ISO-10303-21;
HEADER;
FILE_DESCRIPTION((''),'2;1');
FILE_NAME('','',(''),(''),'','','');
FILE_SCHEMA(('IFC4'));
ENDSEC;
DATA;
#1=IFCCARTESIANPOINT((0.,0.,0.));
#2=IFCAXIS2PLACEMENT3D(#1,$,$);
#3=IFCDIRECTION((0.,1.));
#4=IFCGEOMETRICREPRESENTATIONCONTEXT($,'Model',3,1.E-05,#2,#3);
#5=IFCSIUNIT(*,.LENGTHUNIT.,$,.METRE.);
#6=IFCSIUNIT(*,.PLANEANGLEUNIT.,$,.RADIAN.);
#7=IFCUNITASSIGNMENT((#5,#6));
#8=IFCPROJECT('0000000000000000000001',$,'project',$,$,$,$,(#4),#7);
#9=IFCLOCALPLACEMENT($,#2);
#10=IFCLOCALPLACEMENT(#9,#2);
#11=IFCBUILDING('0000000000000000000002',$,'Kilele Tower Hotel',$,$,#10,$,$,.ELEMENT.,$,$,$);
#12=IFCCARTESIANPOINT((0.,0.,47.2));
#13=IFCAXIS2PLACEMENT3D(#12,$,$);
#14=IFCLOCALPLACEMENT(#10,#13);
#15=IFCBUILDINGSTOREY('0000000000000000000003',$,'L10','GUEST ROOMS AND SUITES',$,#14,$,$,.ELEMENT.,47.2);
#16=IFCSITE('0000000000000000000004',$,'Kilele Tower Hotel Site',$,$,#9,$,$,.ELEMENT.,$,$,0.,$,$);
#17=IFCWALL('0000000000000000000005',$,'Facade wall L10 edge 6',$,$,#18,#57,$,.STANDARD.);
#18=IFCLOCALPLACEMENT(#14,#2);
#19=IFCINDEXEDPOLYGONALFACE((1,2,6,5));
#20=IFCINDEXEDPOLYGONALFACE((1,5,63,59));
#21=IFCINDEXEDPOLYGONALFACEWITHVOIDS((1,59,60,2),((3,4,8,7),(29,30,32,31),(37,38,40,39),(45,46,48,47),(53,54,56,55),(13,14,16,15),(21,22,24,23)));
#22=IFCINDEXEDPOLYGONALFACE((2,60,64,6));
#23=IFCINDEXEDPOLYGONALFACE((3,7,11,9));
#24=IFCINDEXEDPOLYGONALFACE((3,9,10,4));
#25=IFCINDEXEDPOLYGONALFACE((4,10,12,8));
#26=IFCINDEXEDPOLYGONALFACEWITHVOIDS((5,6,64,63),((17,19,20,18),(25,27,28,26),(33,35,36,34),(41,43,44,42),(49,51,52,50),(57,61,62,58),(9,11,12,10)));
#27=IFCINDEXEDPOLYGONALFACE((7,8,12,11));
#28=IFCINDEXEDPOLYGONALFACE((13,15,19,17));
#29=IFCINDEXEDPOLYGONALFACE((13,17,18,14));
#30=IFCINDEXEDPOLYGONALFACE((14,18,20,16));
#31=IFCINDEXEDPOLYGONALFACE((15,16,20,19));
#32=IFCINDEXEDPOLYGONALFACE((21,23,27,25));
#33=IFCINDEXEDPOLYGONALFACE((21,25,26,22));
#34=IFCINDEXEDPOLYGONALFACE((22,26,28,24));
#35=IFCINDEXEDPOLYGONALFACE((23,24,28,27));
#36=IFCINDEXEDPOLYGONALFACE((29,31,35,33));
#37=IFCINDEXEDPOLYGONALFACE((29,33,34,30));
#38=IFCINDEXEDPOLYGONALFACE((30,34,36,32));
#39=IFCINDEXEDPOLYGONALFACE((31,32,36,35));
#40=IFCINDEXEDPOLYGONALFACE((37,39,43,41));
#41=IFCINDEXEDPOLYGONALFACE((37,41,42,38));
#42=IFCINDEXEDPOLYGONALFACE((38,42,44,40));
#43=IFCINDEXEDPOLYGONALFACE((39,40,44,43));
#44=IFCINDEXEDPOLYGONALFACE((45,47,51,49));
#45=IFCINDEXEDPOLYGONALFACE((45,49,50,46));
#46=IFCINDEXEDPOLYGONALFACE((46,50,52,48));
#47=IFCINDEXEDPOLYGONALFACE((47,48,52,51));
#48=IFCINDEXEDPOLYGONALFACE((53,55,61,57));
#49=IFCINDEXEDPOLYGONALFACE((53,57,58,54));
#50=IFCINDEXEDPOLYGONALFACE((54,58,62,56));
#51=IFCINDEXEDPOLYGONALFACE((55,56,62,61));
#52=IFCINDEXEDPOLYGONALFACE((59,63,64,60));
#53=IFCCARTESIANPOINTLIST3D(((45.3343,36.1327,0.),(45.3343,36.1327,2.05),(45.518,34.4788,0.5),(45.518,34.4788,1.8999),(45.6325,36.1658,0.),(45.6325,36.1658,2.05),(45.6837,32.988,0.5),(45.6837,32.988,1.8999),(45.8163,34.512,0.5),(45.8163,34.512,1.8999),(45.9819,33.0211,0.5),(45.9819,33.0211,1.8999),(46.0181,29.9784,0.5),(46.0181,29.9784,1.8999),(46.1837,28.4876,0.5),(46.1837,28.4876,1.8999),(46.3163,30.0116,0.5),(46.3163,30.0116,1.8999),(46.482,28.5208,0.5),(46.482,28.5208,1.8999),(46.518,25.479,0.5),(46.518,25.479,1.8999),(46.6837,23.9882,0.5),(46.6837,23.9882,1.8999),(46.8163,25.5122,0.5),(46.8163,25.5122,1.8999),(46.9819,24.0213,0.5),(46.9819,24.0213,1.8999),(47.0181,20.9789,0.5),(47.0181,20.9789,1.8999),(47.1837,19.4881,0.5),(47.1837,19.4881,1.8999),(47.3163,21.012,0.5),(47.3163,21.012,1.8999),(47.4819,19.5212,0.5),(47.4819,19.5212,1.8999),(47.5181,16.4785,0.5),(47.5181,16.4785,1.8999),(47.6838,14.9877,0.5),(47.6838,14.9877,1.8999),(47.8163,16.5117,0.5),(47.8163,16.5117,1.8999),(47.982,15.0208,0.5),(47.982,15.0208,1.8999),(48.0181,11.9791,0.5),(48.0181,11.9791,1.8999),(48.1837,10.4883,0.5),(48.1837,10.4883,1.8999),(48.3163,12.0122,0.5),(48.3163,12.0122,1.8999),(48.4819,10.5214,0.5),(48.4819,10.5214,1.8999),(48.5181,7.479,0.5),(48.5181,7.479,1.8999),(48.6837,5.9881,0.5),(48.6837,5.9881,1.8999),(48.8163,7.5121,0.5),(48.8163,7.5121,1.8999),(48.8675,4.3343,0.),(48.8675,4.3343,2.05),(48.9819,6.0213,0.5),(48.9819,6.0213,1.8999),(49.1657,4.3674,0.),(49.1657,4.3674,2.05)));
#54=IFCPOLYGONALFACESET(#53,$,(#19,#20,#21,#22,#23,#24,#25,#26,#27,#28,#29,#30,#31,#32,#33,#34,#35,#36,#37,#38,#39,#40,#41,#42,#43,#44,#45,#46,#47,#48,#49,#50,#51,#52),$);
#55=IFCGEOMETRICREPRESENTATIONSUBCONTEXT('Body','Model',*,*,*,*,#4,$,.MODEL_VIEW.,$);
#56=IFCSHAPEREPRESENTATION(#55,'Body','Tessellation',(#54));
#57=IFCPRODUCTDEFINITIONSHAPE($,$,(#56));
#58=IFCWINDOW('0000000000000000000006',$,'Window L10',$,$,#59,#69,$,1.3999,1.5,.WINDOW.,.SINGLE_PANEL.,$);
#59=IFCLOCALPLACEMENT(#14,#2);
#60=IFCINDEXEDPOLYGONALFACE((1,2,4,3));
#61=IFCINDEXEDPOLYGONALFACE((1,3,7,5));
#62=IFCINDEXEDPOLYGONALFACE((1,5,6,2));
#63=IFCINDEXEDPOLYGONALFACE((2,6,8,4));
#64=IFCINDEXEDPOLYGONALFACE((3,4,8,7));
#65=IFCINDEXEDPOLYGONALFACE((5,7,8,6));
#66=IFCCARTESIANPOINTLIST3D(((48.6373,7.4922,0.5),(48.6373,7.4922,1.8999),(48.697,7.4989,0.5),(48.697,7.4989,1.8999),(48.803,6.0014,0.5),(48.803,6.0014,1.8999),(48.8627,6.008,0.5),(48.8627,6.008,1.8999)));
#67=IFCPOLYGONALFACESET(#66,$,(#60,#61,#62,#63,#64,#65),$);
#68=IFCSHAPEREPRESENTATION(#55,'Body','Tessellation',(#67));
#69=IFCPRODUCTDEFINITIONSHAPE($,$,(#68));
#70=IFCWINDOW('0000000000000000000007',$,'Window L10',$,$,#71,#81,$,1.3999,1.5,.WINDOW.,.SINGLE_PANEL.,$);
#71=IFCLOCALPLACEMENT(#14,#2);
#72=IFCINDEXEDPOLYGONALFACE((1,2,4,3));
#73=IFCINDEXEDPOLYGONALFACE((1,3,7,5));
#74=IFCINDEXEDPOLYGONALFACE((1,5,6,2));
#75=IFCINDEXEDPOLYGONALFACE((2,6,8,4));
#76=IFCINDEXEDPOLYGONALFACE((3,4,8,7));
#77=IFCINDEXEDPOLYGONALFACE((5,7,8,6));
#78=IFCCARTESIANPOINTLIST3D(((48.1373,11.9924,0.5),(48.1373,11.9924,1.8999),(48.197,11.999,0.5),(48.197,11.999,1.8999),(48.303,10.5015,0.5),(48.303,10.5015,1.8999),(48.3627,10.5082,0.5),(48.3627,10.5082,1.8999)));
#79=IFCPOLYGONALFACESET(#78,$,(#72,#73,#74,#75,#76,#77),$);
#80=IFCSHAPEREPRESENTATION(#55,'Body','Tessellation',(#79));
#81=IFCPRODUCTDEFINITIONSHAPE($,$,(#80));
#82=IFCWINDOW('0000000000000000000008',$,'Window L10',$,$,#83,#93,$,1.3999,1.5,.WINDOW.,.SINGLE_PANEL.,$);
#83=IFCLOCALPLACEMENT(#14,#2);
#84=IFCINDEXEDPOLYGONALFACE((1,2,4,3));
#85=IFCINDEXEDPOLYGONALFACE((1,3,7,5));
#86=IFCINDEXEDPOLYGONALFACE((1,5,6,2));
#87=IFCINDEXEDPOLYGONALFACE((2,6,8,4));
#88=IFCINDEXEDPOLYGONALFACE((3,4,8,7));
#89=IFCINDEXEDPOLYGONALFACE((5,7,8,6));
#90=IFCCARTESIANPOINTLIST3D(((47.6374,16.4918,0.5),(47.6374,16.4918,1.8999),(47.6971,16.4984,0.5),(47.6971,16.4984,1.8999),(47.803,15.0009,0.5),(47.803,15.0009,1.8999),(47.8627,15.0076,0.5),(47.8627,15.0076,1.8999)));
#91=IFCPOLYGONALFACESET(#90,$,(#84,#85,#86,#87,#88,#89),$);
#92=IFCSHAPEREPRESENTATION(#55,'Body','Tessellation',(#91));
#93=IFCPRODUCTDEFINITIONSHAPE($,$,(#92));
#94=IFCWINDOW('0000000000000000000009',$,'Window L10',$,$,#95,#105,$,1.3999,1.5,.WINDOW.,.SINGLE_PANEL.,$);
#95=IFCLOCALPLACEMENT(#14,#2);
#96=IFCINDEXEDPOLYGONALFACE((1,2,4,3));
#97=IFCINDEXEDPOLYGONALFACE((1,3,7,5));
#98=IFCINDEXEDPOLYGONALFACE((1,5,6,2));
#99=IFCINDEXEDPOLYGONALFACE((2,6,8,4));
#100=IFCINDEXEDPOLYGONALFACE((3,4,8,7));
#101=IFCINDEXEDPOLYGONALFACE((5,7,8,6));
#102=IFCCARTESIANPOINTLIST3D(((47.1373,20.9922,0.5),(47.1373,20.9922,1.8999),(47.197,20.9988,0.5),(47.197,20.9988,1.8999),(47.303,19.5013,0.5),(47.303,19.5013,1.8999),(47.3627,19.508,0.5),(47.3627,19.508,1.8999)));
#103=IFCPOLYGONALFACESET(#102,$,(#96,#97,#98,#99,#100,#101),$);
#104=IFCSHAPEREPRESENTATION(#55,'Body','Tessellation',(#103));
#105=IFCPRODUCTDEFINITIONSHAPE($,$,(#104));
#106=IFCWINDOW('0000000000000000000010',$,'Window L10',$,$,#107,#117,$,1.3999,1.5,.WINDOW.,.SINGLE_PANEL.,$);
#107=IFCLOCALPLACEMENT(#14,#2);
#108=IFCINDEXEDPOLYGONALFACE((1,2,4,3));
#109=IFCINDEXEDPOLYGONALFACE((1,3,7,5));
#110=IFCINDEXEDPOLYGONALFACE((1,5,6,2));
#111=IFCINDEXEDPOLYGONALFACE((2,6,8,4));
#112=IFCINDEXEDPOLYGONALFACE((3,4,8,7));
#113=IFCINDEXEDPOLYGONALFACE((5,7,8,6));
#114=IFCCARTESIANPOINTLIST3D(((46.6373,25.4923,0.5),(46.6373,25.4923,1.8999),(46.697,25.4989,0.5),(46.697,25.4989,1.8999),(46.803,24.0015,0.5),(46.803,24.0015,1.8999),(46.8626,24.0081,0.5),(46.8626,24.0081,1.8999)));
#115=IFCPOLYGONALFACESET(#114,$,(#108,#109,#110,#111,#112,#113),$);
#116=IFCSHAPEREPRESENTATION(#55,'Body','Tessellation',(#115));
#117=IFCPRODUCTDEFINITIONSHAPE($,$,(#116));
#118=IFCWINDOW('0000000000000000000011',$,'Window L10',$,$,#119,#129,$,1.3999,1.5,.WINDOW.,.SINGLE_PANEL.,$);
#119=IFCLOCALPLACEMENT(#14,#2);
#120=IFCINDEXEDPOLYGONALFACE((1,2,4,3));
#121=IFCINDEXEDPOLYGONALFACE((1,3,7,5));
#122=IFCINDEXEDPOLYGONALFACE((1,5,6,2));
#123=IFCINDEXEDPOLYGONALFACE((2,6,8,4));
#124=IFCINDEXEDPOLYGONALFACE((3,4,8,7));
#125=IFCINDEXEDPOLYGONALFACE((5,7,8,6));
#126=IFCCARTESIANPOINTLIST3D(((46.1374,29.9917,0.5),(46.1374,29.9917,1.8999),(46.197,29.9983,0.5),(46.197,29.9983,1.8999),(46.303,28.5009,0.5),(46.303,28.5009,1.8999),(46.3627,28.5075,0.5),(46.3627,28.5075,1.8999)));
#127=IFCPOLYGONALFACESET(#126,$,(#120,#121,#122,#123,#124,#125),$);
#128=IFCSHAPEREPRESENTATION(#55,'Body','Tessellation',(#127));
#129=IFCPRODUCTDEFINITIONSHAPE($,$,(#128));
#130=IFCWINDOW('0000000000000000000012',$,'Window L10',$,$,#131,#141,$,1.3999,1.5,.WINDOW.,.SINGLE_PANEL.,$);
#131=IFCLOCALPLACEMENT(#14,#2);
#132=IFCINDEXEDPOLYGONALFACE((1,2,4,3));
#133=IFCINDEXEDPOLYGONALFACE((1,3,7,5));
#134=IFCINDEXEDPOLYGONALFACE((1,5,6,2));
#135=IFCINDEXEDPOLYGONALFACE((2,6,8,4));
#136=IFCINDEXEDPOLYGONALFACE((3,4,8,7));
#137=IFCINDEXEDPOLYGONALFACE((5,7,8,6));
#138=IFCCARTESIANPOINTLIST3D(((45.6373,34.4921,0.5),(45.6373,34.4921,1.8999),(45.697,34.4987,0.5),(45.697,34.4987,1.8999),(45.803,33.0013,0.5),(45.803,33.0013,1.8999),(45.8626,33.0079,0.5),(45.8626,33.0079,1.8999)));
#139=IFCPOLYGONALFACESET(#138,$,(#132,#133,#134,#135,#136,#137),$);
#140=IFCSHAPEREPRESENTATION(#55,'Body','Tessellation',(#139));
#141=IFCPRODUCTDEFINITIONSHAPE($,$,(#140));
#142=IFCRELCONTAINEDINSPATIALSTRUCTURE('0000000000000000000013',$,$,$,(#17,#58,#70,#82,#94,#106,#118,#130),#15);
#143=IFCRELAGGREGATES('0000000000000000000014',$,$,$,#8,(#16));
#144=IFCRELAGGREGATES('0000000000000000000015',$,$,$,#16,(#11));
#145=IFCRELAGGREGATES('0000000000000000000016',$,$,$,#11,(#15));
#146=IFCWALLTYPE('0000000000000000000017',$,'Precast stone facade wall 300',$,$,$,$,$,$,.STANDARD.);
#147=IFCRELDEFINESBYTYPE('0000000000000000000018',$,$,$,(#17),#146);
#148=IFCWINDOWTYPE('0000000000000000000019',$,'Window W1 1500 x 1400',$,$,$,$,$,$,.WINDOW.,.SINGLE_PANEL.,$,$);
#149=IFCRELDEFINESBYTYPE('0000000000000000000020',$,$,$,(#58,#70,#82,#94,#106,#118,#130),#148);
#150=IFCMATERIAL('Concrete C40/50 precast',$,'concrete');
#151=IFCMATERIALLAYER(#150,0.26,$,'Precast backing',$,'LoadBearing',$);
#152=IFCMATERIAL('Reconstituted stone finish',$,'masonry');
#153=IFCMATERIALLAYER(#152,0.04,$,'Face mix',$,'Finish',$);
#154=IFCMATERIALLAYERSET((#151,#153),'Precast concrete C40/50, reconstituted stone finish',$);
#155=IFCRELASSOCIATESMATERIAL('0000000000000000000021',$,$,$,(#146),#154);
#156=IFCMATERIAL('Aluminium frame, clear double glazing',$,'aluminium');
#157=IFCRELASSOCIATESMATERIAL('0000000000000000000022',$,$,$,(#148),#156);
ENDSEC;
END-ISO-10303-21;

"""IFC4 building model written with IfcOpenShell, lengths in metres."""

from ifc_helpers import new_model, si_unit, direction, frame, frame_2d, origin, place, context, subcontext, project, spatial, rectangle, extrude, material, layer, layer_set, type_object, element, fill, save


model = new_model("IFC4")

# Units and contexts
model_context = context("Model", 3, precision=1e-05, world=origin(), true_north=direction((0.0, 1.0)))
body_context = subcontext(model_context, "Body", "Model", "MODEL_VIEW")
ifc_project = project(units=[si_unit("LENGTHUNIT", "METRE"), si_unit("PLANEANGLEUNIT", "RADIAN")], contexts=[model_context])

# Site, building, storey
site_placement = place(None, origin())
site = spatial("IfcSite", under=ifc_project, at=site_placement, Name="Kilele Tower Hotel Site", CompositionType="ELEMENT", RefElevation=0.0)
building_placement = place(site_placement, origin())
building = spatial("IfcBuilding", under=site, at=building_placement, Name="Kilele Tower Hotel", CompositionType="ELEMENT")
storey_placement = place(building_placement, frame((0.0, 0.0, 47.2)))
storey = spatial("IfcBuildingStorey", under=building, at=storey_placement, Name="L10", Description="GUEST ROOMS AND SUITES", CompositionType="ELEMENT", Elevation=47.2)

# Shared definitions
ifc_material_1 = material(Name="Concrete C40/50 precast", Category="concrete")
ifc_layer_1 = layer(ifc_material_1, 0.26, Name="Precast backing", Category="LoadBearing")
ifc_material_2 = material(Name="Reconstituted stone finish", Category="masonry")
ifc_layer_2 = layer(ifc_material_2, 0.04, Name="Face mix", Category="Finish")
ifc_layer_set_1 = layer_set([ifc_layer_1, ifc_layer_2], Name="Precast concrete C40/50, reconstituted stone finish")
wall_type_1 = type_object("IfcWallType", Name="Precast stone facade wall 300", PredefinedType="STANDARD", material=ifc_layer_set_1)
ifc_material_3 = material(Name="Aluminium frame, clear double glazing", Category="aluminium")
window_type = type_object("IfcWindowType", Name="Window W1 1500 x 1400", PartitioningType="SINGLE_PANEL", PredefinedType="WINDOW", material=ifc_material_3)

# Wall, openings, windows
wall_1_placement = place(storey_placement, frame((49.0166, 4.3508, 0.0), z_axis=(0.0, 0.0, 1.0), x_axis=(-0.110433, 0.993884, 0.0)))
wall_1 = element("IfcWall", 1, at=wall_1_placement, inside=storey, type_object=wall_type_1, Name="Facade wall L10 edge 6", PredefinedType="STANDARD", context=body_context, shape_type="SweptSolid", body=[
    extrude(rectangle(XDim=31.9941, YDim=0.3, at=frame_2d((15.9971, 0.0))), origin(), (0.0, 0.0, 1.0), 2.05),
])
opening_1_placement = place(wall_1_placement, frame((1.6641, 0.0, 0.5)))
opening_1 = element("IfcOpeningElement", 2, at=opening_1_placement, cuts=wall_1, PredefinedType="OPENING", context=body_context, shape_type="SweptSolid", body=[
    extrude(rectangle(XDim=1.5, YDim=1.3999, at=frame_2d((0.75, 0.7))), frame((0.0, 0.1599, 0.0), z_axis=(0.0, -1.0, 0.0), x_axis=(1.0, 0.0, 0.0)), (0.0, 0.0, 1.0), 0.3201),
])
opening_2_placement = place(wall_1_placement, frame((6.1919, 0.0, 0.5)))
opening_2 = element("IfcOpeningElement", 3, at=opening_2_placement, cuts=wall_1, PredefinedType="OPENING", context=body_context, shape_type="SweptSolid", body=[
    extrude(rectangle(XDim=1.5, YDim=1.3999, at=frame_2d((0.75, 0.7))), frame((0.0, 0.1599, 0.0), z_axis=(0.0, -1.0, 0.0), x_axis=(1.0, 0.0, 0.0)), (0.0, 0.0, 1.0), 0.3201),
])
opening_3_placement = place(wall_1_placement, frame((10.719, 0.0, 0.5)))
opening_3 = element("IfcOpeningElement", 4, at=opening_3_placement, cuts=wall_1, PredefinedType="OPENING", context=body_context, shape_type="SweptSolid", body=[
    extrude(rectangle(XDim=1.5, YDim=1.3999, at=frame_2d((0.75, 0.7))), frame((0.0, 0.1599, 0.0), z_axis=(0.0, -1.0, 0.0), x_axis=(1.0, 0.0, 0.0)), (0.0, 0.0, 1.0), 0.3201),
])
opening_4_placement = place(wall_1_placement, frame((15.2471, 0.0, 0.5)))
opening_4 = element("IfcOpeningElement", 5, at=opening_4_placement, cuts=wall_1, PredefinedType="OPENING", context=body_context, shape_type="SweptSolid", body=[
    extrude(rectangle(XDim=1.5, YDim=1.3999, at=frame_2d((0.75, 0.7))), frame((0.0, 0.1599, 0.0), z_axis=(0.0, -1.0, 0.0), x_axis=(1.0, 0.0, 0.0)), (0.0, 0.0, 1.0), 0.3201),
])
opening_5_placement = place(wall_1_placement, frame((19.7749, 0.0, 0.5)))
opening_5 = element("IfcOpeningElement", 6, at=opening_5_placement, cuts=wall_1, PredefinedType="OPENING", context=body_context, shape_type="SweptSolid", body=[
    extrude(rectangle(XDim=1.5, YDim=1.3999, at=frame_2d((0.75, 0.7))), frame((0.0, 0.1599, 0.0), z_axis=(0.0, -1.0, 0.0), x_axis=(1.0, 0.0, 0.0)), (0.0, 0.0, 1.0), 0.3201),
])
opening_6_placement = place(wall_1_placement, frame((24.302, 0.0, 0.5)))
opening_6 = element("IfcOpeningElement", 7, at=opening_6_placement, cuts=wall_1, PredefinedType="OPENING", context=body_context, shape_type="SweptSolid", body=[
    extrude(rectangle(XDim=1.5, YDim=1.3999, at=frame_2d((0.75, 0.7))), frame((0.0, 0.1599, 0.0), z_axis=(0.0, -1.0, 0.0), x_axis=(1.0, 0.0, 0.0)), (0.0, 0.0, 1.0), 0.3201),
])
opening_7_placement = place(wall_1_placement, frame((28.8301, 0.0, 0.5)))
opening_7 = element("IfcOpeningElement", 8, at=opening_7_placement, cuts=wall_1, PredefinedType="OPENING", context=body_context, shape_type="SweptSolid", body=[
    extrude(rectangle(XDim=1.5, YDim=1.3999, at=frame_2d((0.75, 0.7))), frame((0.0, 0.1599, 0.0), z_axis=(0.0, -1.0, 0.0), x_axis=(1.0, 0.0, 0.0)), (0.0, 0.0, 1.0), 0.3201),
])
window_1_placement = place(opening_1_placement, origin())
window_1 = element("IfcWindow", 9, at=window_1_placement, inside=storey, type_object=window_type, Name="Window L10", OverallHeight=1.3999, OverallWidth=1.5, PartitioningType="SINGLE_PANEL", PredefinedType="WINDOW", context=body_context, shape_type="SweptSolid", body=[
    extrude(rectangle(XDim=1.5, YDim=1.3999, at=frame_2d((0.75, 0.7))), frame((0.0, 0.03, 0.0), z_axis=(0.0, -1.0, 0.0), x_axis=(1.0, 0.0, 0.0)), (0.0, 0.0, 1.0), 0.0601),
])
fill(opening_1, window_1)
window_2_placement = place(opening_2_placement, origin())
window_2 = element("IfcWindow", 10, at=window_2_placement, inside=storey, type_object=window_type, Name="Window L10", OverallHeight=1.3999, OverallWidth=1.5, PartitioningType="SINGLE_PANEL", PredefinedType="WINDOW", context=body_context, shape_type="SweptSolid", body=[
    extrude(rectangle(XDim=1.5, YDim=1.3999, at=frame_2d((0.75, 0.7))), frame((0.0, 0.03, 0.0), z_axis=(0.0, -1.0, 0.0), x_axis=(1.0, 0.0, 0.0)), (0.0, 0.0, 1.0), 0.0601),
])
fill(opening_2, window_2)
window_3_placement = place(opening_3_placement, origin())
window_3 = element("IfcWindow", 11, at=window_3_placement, inside=storey, type_object=window_type, Name="Window L10", OverallHeight=1.3999, OverallWidth=1.5, PartitioningType="SINGLE_PANEL", PredefinedType="WINDOW", context=body_context, shape_type="SweptSolid", body=[
    extrude(rectangle(XDim=1.5, YDim=1.3999, at=frame_2d((0.75, 0.7))), frame((0.0, 0.03, 0.0), z_axis=(0.0, -1.0, 0.0), x_axis=(1.0, 0.0, 0.0)), (0.0, 0.0, 1.0), 0.0601),
])
fill(opening_3, window_3)
window_4_placement = place(opening_4_placement, origin())
window_4 = element("IfcWindow", 12, at=window_4_placement, inside=storey, type_object=window_type, Name="Window L10", OverallHeight=1.3999, OverallWidth=1.5, PartitioningType="SINGLE_PANEL", PredefinedType="WINDOW", context=body_context, shape_type="SweptSolid", body=[
    extrude(rectangle(XDim=1.5, YDim=1.3999, at=frame_2d((0.75, 0.7))), frame((0.0, 0.03, 0.0), z_axis=(0.0, -1.0, 0.0), x_axis=(1.0, 0.0, 0.0)), (0.0, 0.0, 1.0), 0.0601),
])
fill(opening_4, window_4)
window_5_placement = place(opening_5_placement, origin())
window_5 = element("IfcWindow", 13, at=window_5_placement, inside=storey, type_object=window_type, Name="Window L10", OverallHeight=1.3999, OverallWidth=1.5, PartitioningType="SINGLE_PANEL", PredefinedType="WINDOW", context=body_context, shape_type="SweptSolid", body=[
    extrude(rectangle(XDim=1.5, YDim=1.3999, at=frame_2d((0.75, 0.7))), frame((0.0, 0.03, 0.0), z_axis=(0.0, -1.0, 0.0), x_axis=(1.0, 0.0, 0.0)), (0.0, 0.0, 1.0), 0.0601),
])
fill(opening_5, window_5)
window_6_placement = place(opening_6_placement, origin())
window_6 = element("IfcWindow", 14, at=window_6_placement, inside=storey, type_object=window_type, Name="Window L10", OverallHeight=1.3999, OverallWidth=1.5, PartitioningType="SINGLE_PANEL", PredefinedType="WINDOW", context=body_context, shape_type="SweptSolid", body=[
    extrude(rectangle(XDim=1.5, YDim=1.3999, at=frame_2d((0.75, 0.7))), frame((0.0, 0.03, 0.0), z_axis=(0.0, -1.0, 0.0), x_axis=(1.0, 0.0, 0.0)), (0.0, 0.0, 1.0), 0.0601),
])
fill(opening_6, window_6)
window_7_placement = place(opening_7_placement, origin())
window_7 = element("IfcWindow", 15, at=window_7_placement, inside=storey, type_object=window_type, Name="Window L10", OverallHeight=1.3999, OverallWidth=1.5, PartitioningType="SINGLE_PANEL", PredefinedType="WINDOW", context=body_context, shape_type="SweptSolid", body=[
    extrude(rectangle(XDim=1.5, YDim=1.3999, at=frame_2d((0.75, 0.7))), frame((0.0, 0.03, 0.0), z_axis=(0.0, -1.0, 0.0), x_axis=(1.0, 0.0, 0.0)), (0.0, 0.0, 1.0), 0.0601),
])
fill(opening_7, window_7)

save(model, "model.ifc")
